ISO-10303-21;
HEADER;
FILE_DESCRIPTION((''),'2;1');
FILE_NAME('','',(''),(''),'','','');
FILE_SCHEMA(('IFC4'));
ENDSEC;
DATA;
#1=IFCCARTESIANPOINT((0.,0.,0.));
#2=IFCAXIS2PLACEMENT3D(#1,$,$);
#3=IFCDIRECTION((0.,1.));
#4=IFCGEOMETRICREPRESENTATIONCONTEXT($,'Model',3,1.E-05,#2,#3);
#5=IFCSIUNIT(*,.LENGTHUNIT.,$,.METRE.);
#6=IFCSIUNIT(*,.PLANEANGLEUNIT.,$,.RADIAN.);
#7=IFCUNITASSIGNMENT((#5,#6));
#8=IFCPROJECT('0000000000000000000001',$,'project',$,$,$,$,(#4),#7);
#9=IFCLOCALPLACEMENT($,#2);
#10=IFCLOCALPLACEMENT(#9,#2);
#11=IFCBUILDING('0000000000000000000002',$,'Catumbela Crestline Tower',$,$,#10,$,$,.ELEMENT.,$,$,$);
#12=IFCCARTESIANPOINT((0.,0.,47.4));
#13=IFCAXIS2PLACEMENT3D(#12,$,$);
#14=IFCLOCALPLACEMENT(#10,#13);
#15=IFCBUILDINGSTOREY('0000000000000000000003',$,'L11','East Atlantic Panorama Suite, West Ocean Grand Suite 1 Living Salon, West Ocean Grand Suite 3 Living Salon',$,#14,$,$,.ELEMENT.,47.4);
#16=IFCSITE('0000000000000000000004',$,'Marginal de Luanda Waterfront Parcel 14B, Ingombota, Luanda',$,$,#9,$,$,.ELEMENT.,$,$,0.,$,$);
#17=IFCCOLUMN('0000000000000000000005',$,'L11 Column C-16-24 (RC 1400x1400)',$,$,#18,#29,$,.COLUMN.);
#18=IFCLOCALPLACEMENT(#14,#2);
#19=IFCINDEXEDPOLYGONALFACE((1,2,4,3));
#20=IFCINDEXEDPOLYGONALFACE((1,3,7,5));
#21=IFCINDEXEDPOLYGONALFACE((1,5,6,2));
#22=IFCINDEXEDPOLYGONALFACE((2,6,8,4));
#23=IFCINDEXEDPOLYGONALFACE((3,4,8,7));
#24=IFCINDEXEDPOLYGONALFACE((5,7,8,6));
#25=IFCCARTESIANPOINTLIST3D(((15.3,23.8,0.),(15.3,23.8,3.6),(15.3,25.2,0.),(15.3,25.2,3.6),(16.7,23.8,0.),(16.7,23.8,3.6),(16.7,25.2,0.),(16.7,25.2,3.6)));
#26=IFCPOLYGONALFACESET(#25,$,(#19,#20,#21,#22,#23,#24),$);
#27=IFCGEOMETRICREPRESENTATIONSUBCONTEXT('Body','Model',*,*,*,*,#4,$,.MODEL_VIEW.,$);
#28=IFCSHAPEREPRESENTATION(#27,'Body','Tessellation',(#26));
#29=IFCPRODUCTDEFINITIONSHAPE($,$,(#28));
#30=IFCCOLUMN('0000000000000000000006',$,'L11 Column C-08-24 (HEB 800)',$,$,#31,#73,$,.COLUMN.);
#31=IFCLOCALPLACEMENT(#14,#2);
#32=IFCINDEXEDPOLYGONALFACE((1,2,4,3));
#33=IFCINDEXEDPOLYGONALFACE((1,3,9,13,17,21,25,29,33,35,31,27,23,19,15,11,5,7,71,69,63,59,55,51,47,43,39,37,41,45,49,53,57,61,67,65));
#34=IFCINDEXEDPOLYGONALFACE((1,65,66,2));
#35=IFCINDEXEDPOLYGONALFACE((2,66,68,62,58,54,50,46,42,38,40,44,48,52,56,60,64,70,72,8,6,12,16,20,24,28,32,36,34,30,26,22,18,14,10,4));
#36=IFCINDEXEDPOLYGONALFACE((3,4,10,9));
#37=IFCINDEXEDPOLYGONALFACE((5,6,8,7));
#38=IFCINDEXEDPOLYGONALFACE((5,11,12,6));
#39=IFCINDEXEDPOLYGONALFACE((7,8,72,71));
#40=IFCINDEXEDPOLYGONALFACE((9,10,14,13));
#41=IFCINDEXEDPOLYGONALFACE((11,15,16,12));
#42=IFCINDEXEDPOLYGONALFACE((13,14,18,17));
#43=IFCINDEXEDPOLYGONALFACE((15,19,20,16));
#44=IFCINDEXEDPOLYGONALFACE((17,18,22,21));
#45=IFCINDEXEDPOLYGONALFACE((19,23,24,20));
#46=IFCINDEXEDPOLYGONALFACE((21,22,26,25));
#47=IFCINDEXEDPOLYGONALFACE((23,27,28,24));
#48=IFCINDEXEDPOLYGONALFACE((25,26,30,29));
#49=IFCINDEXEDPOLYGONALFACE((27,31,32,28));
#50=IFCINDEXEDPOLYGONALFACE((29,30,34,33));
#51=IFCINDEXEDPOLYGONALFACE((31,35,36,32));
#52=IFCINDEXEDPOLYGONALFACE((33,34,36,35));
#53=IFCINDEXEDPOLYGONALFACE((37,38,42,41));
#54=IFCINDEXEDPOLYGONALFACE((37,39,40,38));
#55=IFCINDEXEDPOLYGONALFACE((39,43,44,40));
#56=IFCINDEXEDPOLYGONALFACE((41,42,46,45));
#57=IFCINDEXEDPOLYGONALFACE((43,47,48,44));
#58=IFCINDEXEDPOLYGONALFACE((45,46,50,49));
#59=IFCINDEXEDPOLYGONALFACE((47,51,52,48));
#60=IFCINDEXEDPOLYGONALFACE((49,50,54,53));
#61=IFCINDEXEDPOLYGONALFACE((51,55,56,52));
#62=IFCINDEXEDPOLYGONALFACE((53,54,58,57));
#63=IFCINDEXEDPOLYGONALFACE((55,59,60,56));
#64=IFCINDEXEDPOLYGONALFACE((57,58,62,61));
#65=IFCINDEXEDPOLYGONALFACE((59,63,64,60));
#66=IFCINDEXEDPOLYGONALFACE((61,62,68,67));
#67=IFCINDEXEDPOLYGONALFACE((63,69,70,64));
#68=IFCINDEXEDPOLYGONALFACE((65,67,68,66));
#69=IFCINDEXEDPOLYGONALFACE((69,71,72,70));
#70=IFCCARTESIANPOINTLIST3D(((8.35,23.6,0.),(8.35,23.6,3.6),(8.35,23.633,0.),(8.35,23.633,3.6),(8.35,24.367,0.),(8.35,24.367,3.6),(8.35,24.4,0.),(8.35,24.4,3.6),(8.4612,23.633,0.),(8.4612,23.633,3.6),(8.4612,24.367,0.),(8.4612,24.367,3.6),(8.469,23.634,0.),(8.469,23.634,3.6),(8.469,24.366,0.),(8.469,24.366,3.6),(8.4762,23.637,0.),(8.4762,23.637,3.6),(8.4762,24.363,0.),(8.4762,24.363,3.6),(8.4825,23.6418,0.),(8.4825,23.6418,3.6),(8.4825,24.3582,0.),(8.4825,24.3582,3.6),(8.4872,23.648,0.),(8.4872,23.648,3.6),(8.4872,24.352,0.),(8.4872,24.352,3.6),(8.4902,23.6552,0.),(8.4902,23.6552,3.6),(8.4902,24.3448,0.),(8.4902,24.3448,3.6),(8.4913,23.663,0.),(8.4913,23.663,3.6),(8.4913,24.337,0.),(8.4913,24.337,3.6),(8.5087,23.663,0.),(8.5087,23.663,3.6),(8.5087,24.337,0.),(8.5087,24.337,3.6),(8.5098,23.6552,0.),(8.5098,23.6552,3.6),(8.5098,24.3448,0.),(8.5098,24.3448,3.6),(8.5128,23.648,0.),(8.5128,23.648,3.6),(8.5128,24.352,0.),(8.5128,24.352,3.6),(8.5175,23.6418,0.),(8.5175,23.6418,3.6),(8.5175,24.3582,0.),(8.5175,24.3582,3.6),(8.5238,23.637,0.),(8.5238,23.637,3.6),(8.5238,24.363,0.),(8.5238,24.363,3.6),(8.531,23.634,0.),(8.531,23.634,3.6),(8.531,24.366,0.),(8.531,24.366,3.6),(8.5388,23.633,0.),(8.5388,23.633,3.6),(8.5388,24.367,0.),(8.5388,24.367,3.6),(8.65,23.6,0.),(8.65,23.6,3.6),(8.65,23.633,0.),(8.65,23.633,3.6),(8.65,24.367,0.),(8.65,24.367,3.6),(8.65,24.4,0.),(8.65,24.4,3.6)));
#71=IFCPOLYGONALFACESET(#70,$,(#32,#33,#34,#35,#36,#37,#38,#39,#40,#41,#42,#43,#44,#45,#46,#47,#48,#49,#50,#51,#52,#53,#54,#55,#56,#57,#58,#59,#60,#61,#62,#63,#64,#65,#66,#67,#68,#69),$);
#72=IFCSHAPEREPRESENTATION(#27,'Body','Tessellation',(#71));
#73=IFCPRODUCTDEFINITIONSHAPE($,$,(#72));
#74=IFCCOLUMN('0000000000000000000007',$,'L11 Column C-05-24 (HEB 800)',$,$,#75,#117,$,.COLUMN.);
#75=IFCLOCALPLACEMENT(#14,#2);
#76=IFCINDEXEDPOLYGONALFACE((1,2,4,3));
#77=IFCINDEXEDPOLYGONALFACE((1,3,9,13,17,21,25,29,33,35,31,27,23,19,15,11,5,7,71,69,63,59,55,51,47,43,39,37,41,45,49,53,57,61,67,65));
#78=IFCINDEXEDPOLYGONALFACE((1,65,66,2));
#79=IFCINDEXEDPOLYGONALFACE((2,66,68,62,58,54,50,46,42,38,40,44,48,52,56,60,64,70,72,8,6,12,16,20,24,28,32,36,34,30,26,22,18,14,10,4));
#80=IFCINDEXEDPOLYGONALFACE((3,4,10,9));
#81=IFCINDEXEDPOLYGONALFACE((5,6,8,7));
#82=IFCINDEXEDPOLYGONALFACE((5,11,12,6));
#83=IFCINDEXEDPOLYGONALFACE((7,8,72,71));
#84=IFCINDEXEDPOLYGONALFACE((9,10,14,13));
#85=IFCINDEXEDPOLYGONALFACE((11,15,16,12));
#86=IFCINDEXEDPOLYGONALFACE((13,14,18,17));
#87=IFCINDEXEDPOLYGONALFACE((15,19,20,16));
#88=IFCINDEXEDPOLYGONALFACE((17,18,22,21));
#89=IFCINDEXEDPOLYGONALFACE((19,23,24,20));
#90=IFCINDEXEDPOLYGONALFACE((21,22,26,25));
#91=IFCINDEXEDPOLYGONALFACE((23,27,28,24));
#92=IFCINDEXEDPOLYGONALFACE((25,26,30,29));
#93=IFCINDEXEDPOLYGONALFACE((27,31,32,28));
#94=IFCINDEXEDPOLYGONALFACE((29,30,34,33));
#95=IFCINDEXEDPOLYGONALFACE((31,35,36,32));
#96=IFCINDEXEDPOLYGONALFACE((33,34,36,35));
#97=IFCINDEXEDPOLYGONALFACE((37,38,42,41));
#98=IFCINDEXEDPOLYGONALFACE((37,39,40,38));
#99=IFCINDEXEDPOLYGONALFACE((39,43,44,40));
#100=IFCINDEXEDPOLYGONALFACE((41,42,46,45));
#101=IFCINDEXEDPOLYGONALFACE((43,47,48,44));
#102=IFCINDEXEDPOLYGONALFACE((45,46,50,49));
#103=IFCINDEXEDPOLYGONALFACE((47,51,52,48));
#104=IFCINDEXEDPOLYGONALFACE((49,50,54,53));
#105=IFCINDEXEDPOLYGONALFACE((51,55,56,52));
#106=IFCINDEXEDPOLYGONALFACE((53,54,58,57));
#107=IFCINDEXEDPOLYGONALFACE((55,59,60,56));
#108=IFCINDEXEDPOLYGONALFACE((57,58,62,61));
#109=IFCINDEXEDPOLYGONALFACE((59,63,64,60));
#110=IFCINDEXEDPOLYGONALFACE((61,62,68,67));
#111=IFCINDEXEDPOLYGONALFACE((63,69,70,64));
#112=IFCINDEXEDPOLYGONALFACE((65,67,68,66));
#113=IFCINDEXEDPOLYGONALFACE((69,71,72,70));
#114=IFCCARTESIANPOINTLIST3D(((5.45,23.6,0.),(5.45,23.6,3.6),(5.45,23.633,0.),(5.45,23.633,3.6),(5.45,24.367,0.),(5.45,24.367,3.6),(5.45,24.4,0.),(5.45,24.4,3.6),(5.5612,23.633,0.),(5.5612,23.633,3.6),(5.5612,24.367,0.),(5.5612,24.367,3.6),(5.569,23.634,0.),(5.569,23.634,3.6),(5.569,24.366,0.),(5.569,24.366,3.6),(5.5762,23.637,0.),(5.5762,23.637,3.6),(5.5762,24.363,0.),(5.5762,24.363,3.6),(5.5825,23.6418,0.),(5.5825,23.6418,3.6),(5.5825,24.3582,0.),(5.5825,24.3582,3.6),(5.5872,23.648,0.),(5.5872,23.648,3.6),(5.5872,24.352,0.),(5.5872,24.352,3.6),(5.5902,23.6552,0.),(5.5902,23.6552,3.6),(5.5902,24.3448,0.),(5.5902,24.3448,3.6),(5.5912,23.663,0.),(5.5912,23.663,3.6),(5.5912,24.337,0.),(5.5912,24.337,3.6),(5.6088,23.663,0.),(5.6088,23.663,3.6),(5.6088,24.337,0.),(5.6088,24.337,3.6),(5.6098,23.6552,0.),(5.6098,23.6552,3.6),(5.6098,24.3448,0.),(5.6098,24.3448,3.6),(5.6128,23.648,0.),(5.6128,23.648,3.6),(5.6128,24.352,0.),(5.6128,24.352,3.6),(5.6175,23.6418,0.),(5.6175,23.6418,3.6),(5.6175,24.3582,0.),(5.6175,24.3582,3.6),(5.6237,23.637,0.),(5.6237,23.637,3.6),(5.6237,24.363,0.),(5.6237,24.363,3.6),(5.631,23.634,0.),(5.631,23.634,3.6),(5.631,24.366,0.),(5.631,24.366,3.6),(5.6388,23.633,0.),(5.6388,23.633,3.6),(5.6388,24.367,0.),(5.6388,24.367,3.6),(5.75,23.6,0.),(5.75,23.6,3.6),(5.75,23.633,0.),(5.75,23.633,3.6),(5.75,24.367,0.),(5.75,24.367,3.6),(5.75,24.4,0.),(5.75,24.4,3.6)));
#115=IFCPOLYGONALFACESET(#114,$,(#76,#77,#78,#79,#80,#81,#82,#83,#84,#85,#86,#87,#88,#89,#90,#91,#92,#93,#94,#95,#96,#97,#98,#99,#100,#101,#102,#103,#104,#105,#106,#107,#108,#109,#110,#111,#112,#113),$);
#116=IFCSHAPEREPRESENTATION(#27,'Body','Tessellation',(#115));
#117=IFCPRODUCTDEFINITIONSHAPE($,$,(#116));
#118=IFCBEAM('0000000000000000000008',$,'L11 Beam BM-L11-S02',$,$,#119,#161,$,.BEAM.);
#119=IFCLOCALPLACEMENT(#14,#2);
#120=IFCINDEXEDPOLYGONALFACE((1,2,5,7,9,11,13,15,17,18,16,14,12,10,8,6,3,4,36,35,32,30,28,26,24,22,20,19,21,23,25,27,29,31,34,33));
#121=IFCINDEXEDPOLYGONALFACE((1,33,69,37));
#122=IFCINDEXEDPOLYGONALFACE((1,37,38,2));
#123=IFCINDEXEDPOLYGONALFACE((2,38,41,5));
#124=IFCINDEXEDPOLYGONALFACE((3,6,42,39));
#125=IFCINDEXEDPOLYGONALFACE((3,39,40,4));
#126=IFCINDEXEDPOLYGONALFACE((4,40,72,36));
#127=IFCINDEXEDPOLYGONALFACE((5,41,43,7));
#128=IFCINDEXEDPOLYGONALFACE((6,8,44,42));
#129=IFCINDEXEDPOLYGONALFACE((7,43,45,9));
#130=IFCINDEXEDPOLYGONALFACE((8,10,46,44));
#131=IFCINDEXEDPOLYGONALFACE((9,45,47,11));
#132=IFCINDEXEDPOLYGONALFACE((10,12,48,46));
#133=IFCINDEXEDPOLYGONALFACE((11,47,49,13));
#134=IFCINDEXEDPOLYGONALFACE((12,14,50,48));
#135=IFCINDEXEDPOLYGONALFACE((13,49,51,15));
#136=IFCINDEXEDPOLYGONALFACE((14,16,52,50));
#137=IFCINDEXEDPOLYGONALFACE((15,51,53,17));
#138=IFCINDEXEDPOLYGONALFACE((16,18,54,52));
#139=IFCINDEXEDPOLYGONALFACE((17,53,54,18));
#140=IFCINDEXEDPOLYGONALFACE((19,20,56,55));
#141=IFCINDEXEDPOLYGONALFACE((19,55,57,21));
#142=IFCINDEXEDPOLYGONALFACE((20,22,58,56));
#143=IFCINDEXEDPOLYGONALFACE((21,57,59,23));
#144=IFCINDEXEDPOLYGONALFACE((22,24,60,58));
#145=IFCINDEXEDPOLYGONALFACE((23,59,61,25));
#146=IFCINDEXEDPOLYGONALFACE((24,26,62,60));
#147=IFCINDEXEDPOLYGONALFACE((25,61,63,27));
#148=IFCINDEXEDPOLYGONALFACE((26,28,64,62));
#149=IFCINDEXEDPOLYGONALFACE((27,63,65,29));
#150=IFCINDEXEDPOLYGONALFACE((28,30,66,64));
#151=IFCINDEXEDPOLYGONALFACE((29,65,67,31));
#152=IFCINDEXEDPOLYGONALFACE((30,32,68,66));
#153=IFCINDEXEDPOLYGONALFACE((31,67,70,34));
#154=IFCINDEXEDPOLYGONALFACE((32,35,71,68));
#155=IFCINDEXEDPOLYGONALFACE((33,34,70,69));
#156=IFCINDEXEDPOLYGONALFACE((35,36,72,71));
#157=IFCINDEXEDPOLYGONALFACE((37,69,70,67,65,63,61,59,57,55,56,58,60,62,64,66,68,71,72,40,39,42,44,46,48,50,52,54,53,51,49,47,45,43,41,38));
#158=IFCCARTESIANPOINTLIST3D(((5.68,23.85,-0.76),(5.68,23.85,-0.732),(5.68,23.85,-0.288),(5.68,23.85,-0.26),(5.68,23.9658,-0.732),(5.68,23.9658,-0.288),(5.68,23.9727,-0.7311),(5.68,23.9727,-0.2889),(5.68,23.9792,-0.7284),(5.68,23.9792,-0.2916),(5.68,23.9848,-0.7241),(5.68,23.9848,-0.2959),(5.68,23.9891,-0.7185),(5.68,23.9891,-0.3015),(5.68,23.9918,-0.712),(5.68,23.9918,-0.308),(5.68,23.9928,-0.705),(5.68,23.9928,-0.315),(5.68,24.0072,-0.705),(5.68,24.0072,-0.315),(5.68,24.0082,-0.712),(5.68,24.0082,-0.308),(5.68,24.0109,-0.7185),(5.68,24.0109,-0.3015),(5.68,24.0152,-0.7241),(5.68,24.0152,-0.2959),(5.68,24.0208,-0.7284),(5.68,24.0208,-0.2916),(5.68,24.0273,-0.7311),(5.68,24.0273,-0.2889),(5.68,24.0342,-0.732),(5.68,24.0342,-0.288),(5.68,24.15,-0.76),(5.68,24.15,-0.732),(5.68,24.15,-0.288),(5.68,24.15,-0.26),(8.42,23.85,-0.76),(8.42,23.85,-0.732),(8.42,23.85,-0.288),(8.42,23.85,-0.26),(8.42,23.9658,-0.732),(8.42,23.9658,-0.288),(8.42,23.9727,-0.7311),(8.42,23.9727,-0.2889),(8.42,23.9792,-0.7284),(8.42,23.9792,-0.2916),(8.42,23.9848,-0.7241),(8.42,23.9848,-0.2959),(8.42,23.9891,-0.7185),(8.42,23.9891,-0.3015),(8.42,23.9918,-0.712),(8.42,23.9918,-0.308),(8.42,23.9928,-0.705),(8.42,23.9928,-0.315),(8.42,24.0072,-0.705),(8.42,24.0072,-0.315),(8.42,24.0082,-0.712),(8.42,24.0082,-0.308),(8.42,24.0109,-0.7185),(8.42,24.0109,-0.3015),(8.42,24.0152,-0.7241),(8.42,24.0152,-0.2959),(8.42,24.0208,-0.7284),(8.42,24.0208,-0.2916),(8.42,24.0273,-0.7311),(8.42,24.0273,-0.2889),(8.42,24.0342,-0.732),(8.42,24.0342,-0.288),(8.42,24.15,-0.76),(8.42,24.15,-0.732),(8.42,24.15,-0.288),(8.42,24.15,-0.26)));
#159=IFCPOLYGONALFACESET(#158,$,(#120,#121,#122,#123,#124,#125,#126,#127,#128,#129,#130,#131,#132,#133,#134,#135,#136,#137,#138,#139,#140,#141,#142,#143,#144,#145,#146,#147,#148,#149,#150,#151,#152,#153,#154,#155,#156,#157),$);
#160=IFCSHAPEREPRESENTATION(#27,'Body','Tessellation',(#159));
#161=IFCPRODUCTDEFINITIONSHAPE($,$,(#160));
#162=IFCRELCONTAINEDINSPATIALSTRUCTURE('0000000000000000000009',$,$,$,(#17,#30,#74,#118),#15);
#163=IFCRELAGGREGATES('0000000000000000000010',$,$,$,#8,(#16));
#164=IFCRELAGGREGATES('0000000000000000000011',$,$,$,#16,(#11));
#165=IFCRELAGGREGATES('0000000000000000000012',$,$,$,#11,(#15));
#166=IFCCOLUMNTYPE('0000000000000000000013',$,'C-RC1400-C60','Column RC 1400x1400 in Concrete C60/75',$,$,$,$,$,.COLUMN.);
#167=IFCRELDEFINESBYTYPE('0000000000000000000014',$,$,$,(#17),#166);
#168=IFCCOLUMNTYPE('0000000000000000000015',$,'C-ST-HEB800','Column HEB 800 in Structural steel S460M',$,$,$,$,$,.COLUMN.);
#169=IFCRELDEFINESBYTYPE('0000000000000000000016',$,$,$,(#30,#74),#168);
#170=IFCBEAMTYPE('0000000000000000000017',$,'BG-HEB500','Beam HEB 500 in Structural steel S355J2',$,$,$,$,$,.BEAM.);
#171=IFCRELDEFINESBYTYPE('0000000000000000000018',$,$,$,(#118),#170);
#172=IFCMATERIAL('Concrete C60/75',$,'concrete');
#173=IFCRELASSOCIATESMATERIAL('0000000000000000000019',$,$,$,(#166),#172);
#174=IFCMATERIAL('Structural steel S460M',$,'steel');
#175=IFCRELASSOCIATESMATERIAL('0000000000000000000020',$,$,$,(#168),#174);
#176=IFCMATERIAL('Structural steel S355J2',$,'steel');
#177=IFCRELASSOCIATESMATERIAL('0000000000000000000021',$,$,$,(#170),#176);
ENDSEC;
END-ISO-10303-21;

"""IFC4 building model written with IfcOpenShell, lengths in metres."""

from ifc_helpers import new_model, si_unit, direction, frame, origin, origin_2d, place, context, subcontext, project, spatial, rectangle, i_section, extrude, material, material_profile, profile_set, type_object, element, save


model = new_model("IFC4")

# Units and contexts
model_context = context("Model", 3, precision=1e-05, world=origin(), true_north=direction((0.0, 1.0)))
body_context = subcontext(model_context, "Body", "Model", "MODEL_VIEW")
ifc_project = project(units=[si_unit("LENGTHUNIT", "METRE"), si_unit("PLANEANGLEUNIT", "RADIAN")], contexts=[model_context])

# Site, building, storey
site_placement = place(None, origin())
site = spatial("IfcSite", under=ifc_project, at=site_placement, Name="Marginal de Luanda Waterfront Parcel 14B, Ingombota, Luanda", CompositionType="ELEMENT", RefElevation=0.0)
building_placement = place(site_placement, origin())
building = spatial("IfcBuilding", under=site, at=building_placement, Name="Catumbela Crestline Tower", CompositionType="ELEMENT")
storey_placement = place(building_placement, frame((0.0, 0.0, 47.4)))
storey = spatial("IfcBuildingStorey", under=building, at=storey_placement, Name="L11", Description="East Atlantic Panorama Suite, West Ocean Grand Suite 1 Living Salon, West Ocean Grand Suite 3 Living Salon", CompositionType="ELEMENT", Elevation=47.4)

# Columns
ifc_material_1 = material(Name="Concrete C60/75", Category="concrete")
ifc_material_profile_1 = material_profile(ifc_material_1, rectangle(XDim=1.4, YDim=1.4, at=origin_2d()), Name="RC 1400x1400")
ifc_profile_set_1 = profile_set([ifc_material_profile_1], Name="Concrete C60/75")
column_type_1 = type_object("IfcColumnType", Name="C-RC1400-C60", Description="Column RC 1400x1400 in Concrete C60/75", PredefinedType="COLUMN", material=ifc_profile_set_1)
column_placement = place(storey_placement, frame((16.0, 24.5, 0.0), z_axis=(0.0, 0.0, 1.0), x_axis=(1.0, 0.0, 0.0)))
element("IfcColumn", 1, at=column_placement, inside=storey, type_object=column_type_1, Name="L11 Column C-16-24 (RC 1400x1400)", PredefinedType="COLUMN", context=body_context, shape_type="SweptSolid", body=[
    extrude(rectangle(XDim=1.4, YDim=1.4, at=origin_2d()), origin(), (0.0, 0.0, 1.0), 3.6),
])
ifc_material_2 = material(Name="Structural steel S460M", Category="steel")
ifc_material_profile_2 = material_profile(ifc_material_2, i_section(OverallWidth=0.3, OverallDepth=0.8, WebThickness=0.0175, FlangeThickness=0.033, FilletRadius=0.03, at=origin_2d()), Name="HEB 800")
ifc_profile_set_2 = profile_set([ifc_material_profile_2], Name="Structural steel S460M")
column_type_2 = type_object("IfcColumnType", Name="C-ST-HEB800", Description="Column HEB 800 in Structural steel S460M", PredefinedType="COLUMN", material=ifc_profile_set_2)
for number, where, z_axis, x_axis, name in (
    (2, (8.5, 24.0, 0.0), (0.0, 0.0, 1.0), (1.0, 0.0, 0.0), "L11 Column C-08-24 (HEB 800)"),
    (3, (5.6, 24.0, 0.0), (0.0, 0.0, 1.0), (1.0, 0.0, 0.0), "L11 Column C-05-24 (HEB 800)"),
):
    element("IfcColumn", number, at=place(storey_placement, frame(where, z_axis=z_axis, x_axis=x_axis)), inside=storey, type_object=column_type_2, Name=name, PredefinedType="COLUMN", context=body_context, shape_type="SweptSolid", body=[
        extrude(i_section(OverallWidth=0.3, OverallDepth=0.8, WebThickness=0.0175, FlangeThickness=0.033, FilletRadius=0.03, at=origin_2d()), origin(), (0.0, 0.0, 1.0), 3.6),
    ])

# Beam
ifc_material_3 = material(Name="Structural steel S355J2", Category="steel")
ifc_material_profile_3 = material_profile(ifc_material_3, i_section(OverallWidth=0.3, OverallDepth=0.5, WebThickness=0.0145, FlangeThickness=0.028, FilletRadius=0.027, at=origin_2d()), Name="HEB 500")
ifc_profile_set_3 = profile_set([ifc_material_profile_3], Name="Structural steel S355J2")
beam_type_1 = type_object("IfcBeamType", Name="BG-HEB500", Description="Beam HEB 500 in Structural steel S355J2", PredefinedType="BEAM", material=ifc_profile_set_3)
beam_1_placement = place(storey_placement, frame((5.68, 24.0, -0.51), z_axis=(1.0, 0.0, 0.0), x_axis=(0.0, 1.0, 0.0)))
element("IfcBeam", 4, at=beam_1_placement, inside=storey, type_object=beam_type_1, Name="L11 Beam BM-L11-S02", PredefinedType="BEAM", context=body_context, shape_type="SweptSolid", body=[
    extrude(i_section(OverallWidth=0.3, OverallDepth=0.5, WebThickness=0.0145, FlangeThickness=0.028, FilletRadius=0.027, at=origin_2d()), origin(), (0.0, 0.0, 1.0), 2.74),
])

save(model, "model.ifc")
